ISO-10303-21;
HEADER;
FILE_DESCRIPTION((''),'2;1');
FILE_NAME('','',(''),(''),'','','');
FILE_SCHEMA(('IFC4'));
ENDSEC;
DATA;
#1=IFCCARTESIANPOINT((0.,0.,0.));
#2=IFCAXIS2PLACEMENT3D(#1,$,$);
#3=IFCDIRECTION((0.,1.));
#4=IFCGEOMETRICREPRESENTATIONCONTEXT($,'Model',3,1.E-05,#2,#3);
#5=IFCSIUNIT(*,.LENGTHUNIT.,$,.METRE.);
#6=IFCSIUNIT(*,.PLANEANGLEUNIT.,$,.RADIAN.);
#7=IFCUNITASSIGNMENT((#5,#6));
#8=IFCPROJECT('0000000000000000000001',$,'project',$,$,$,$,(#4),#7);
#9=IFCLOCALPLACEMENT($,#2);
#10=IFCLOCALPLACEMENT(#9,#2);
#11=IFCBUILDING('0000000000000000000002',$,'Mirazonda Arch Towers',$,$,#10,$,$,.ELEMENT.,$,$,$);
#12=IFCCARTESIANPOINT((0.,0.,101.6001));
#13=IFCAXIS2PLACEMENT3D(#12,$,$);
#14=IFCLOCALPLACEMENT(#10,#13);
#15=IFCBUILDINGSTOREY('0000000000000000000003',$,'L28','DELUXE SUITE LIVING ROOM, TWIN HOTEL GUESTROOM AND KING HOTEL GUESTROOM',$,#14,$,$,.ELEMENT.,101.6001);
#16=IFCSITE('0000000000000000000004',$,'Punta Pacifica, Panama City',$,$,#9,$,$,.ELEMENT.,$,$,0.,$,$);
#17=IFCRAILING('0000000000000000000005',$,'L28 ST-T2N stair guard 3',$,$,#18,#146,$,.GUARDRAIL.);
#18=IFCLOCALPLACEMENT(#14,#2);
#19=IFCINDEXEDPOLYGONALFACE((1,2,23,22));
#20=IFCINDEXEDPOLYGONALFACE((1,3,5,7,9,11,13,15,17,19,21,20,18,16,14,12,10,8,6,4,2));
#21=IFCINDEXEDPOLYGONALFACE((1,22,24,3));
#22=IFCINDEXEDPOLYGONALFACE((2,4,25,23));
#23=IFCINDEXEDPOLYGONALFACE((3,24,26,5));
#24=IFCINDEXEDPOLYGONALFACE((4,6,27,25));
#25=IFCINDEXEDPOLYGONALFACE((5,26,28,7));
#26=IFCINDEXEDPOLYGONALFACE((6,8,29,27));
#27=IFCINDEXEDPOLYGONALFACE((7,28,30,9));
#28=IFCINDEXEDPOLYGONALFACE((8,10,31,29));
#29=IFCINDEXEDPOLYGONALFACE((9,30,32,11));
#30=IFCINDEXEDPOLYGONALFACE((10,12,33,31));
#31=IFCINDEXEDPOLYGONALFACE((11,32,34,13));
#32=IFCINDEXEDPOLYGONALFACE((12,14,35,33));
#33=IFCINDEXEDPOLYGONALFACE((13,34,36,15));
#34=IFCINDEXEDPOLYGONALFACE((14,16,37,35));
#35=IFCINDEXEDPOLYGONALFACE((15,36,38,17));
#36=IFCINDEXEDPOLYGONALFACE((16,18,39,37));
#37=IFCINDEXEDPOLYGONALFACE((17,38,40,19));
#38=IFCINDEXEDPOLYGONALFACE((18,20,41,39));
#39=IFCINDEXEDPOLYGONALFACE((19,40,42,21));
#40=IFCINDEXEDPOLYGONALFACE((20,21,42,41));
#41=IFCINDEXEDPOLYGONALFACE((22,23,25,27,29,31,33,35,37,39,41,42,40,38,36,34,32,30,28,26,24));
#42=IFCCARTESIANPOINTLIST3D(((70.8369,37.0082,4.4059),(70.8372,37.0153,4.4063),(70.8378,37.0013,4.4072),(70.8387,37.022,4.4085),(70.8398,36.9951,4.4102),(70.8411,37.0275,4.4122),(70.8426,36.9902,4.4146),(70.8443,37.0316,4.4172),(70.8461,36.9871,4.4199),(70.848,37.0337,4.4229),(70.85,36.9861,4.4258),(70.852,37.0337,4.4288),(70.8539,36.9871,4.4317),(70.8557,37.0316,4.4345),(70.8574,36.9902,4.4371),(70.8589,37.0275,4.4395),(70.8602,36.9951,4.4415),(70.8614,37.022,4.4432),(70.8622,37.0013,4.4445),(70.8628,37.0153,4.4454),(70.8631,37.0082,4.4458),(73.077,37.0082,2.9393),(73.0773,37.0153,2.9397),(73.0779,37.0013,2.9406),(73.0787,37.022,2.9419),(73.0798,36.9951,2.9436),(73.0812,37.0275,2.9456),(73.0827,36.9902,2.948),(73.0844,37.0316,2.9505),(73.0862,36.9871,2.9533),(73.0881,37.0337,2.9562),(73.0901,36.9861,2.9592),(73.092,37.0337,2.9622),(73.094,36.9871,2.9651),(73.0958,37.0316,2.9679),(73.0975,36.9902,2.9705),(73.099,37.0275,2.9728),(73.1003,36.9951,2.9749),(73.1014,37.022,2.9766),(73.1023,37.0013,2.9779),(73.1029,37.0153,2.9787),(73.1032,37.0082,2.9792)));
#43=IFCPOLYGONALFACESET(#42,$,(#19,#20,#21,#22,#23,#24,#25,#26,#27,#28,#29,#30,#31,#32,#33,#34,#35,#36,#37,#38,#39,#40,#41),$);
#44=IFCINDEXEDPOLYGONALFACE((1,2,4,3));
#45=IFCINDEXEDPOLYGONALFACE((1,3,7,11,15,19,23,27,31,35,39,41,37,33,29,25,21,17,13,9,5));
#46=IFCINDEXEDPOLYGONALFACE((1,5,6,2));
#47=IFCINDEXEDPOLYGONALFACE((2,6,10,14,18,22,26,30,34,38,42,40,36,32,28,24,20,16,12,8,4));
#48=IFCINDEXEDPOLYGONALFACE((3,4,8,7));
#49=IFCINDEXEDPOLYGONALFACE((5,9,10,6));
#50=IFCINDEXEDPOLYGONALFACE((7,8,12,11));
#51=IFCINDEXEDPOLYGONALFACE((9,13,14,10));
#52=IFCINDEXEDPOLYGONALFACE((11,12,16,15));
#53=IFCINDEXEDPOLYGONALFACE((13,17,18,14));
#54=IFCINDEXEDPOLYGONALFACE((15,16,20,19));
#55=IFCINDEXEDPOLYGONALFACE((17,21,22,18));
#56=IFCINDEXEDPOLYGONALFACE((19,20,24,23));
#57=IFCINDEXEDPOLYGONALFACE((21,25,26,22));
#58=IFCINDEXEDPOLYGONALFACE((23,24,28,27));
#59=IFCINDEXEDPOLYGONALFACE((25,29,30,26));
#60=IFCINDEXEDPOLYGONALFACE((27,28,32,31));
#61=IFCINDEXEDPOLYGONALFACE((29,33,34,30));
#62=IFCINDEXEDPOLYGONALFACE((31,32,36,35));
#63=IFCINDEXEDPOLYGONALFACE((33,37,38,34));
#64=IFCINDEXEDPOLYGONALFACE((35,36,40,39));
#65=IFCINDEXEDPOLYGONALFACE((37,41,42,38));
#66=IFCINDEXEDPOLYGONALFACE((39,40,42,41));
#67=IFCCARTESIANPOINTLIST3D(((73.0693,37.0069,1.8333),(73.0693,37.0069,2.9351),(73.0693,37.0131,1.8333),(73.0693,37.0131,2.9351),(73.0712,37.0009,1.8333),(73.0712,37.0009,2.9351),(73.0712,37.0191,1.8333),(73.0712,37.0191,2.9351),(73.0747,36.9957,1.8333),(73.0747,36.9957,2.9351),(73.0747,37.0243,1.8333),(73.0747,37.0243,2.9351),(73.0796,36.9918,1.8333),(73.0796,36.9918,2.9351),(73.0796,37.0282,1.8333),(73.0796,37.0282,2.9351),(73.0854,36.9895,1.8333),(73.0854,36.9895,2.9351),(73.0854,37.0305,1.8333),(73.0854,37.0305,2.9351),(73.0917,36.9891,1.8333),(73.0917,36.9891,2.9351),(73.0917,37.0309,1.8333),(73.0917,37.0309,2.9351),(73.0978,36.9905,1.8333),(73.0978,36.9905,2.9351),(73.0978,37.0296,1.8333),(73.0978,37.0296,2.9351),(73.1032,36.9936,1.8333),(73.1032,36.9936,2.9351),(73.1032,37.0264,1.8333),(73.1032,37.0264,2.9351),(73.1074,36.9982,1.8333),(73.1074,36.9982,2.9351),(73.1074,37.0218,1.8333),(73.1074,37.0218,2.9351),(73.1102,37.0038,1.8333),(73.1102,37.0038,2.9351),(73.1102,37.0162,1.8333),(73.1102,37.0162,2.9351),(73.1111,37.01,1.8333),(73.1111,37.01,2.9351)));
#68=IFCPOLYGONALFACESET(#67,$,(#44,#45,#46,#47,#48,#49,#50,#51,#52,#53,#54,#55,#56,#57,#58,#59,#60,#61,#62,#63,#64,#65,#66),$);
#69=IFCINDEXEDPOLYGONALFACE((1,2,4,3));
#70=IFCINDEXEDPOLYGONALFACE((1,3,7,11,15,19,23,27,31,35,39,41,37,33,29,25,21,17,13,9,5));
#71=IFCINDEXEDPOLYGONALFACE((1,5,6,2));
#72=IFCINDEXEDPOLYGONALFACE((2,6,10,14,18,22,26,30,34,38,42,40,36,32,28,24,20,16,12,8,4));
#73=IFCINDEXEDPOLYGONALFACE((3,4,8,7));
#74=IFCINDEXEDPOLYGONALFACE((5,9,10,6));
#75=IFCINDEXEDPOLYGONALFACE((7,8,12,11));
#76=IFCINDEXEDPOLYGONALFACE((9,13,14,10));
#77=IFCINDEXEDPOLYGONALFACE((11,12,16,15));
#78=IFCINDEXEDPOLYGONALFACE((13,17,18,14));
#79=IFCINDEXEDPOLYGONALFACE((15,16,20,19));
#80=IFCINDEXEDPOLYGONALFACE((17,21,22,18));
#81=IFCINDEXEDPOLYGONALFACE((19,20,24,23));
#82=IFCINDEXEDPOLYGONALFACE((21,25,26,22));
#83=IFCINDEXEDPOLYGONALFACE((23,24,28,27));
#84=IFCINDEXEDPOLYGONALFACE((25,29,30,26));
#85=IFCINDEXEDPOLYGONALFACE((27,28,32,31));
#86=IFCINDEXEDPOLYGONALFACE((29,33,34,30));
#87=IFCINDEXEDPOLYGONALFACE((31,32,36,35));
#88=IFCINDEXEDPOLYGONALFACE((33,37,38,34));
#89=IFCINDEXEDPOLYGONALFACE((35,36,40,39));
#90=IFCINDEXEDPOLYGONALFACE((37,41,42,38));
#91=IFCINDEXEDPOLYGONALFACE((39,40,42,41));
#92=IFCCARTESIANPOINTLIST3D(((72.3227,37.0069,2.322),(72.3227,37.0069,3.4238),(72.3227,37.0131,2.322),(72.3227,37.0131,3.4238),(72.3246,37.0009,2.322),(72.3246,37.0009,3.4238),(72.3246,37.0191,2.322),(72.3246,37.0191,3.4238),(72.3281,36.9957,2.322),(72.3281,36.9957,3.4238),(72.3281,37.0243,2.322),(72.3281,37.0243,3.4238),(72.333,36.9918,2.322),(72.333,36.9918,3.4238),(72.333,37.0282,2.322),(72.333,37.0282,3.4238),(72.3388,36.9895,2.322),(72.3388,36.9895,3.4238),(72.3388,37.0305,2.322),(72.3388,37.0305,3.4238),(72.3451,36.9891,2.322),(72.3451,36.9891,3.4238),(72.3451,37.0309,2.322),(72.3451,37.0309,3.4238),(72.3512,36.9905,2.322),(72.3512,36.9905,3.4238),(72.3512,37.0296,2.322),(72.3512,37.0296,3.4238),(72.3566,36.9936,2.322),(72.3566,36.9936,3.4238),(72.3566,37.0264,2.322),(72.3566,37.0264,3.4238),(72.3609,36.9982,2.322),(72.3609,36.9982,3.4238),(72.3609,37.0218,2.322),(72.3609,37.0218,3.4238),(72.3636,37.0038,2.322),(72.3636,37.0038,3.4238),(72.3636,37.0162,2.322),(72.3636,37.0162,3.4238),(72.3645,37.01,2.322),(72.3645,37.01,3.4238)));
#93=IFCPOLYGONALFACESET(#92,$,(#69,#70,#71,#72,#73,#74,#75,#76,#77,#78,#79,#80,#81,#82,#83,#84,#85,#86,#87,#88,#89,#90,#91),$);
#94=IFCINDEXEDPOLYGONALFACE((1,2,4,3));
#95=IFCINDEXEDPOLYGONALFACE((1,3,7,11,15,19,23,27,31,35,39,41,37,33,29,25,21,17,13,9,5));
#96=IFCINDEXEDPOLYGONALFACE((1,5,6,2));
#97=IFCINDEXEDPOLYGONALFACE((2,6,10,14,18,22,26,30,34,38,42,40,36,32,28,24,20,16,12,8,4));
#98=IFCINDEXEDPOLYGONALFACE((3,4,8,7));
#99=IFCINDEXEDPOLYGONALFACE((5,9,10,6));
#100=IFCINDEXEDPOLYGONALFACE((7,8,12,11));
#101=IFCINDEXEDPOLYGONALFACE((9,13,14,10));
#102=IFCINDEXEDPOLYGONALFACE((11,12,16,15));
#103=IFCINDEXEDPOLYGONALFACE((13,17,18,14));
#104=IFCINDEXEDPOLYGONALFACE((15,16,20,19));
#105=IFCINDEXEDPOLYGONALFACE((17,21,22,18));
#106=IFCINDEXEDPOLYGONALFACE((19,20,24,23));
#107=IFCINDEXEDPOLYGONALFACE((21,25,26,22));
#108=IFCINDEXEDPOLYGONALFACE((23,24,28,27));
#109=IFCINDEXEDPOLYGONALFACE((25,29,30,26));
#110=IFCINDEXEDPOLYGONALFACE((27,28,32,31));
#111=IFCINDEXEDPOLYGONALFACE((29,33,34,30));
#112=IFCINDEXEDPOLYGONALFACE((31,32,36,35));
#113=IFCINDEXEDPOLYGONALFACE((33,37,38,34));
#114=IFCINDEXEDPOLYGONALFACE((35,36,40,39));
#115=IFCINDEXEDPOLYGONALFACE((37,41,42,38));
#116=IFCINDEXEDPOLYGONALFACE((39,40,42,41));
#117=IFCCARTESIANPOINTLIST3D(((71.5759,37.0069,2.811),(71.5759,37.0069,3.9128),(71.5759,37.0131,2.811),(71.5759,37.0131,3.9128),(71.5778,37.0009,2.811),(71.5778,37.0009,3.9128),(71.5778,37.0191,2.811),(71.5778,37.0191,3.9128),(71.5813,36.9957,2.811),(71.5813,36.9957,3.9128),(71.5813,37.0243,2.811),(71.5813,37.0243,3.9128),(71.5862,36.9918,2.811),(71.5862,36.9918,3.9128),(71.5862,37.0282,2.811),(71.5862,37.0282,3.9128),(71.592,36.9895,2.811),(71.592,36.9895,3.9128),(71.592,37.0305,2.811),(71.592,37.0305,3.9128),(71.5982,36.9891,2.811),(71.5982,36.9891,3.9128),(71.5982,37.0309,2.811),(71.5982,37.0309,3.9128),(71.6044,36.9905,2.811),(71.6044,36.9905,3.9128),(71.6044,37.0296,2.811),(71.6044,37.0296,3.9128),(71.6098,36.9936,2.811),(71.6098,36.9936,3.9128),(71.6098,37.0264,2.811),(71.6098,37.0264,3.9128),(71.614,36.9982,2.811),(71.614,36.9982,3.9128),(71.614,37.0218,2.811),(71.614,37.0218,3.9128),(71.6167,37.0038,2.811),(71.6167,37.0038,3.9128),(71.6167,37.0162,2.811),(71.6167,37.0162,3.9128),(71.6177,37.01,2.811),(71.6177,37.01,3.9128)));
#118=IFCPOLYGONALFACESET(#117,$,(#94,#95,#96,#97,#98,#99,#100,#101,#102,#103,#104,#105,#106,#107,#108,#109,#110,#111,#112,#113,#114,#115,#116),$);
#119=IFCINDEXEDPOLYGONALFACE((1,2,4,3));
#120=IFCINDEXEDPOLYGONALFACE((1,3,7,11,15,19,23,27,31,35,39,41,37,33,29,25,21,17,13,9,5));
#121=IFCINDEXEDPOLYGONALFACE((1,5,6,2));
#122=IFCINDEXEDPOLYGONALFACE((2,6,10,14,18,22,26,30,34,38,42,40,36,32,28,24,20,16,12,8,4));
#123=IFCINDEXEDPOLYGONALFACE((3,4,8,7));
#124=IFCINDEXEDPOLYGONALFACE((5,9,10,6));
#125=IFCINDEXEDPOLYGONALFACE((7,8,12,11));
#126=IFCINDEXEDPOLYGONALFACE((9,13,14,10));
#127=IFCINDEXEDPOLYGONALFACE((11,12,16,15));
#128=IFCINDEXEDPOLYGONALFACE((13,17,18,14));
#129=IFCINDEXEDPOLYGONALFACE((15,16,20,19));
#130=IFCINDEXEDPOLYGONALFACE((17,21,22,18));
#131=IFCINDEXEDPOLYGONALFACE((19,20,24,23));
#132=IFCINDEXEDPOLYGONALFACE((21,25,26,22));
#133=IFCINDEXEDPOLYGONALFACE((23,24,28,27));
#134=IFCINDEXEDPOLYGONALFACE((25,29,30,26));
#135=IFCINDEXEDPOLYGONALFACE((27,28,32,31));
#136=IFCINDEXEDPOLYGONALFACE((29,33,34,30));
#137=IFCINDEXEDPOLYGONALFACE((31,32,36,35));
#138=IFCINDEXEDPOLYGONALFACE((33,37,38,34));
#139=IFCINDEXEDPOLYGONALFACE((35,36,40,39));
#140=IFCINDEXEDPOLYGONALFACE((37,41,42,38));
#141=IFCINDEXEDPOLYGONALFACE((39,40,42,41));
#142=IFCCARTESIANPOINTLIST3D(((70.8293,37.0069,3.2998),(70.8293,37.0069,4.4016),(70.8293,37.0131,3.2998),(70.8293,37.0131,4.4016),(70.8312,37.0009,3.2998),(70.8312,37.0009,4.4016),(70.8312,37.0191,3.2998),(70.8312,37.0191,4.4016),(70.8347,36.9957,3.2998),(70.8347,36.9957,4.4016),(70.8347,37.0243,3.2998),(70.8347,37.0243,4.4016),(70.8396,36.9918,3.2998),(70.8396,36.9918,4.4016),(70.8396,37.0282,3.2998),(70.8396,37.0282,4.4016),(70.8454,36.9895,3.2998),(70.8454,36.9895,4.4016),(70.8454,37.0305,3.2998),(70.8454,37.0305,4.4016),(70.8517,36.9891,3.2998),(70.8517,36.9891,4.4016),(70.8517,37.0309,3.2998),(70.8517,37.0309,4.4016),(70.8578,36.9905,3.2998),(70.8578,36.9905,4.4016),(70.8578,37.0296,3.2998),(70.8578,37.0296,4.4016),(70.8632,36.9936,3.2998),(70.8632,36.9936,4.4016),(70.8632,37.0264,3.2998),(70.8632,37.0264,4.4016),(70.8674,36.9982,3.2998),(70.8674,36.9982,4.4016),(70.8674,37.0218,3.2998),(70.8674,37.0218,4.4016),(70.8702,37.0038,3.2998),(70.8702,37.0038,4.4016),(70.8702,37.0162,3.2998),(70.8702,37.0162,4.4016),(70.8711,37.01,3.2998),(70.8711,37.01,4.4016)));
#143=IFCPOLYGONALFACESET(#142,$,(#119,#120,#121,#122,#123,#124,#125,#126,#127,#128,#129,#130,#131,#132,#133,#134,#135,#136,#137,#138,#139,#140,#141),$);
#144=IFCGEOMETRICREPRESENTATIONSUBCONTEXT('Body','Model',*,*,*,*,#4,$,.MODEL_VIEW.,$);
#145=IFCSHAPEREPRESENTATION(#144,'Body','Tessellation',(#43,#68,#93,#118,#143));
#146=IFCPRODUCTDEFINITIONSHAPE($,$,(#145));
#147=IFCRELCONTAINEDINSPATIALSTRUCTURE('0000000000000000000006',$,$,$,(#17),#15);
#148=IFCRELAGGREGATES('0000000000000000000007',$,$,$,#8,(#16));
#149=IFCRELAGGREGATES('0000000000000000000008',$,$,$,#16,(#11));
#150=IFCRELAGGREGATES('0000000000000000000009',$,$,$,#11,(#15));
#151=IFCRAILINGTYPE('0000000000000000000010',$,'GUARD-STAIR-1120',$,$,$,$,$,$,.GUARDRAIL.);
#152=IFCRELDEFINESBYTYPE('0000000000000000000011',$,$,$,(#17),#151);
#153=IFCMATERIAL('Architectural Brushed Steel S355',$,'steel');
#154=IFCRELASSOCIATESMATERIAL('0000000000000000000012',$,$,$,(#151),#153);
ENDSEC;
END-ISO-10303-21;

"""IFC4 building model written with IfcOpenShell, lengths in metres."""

from ifc_helpers import new_model, si_unit, direction, frame, origin, origin_2d, place, context, subcontext, project, spatial, circle, extrude, material, type_object, element, save


model = new_model("IFC4")

# Units and contexts
model_context = context("Model", 3, precision=1e-05, world=origin(), true_north=direction((0.0, 1.0)))
body_context = subcontext(model_context, "Body", "Model", "MODEL_VIEW")
ifc_project = project(units=[si_unit("LENGTHUNIT", "METRE"), si_unit("PLANEANGLEUNIT", "RADIAN")], contexts=[model_context])

# Site, building, storey
site_placement = place(None, origin())
site = spatial("IfcSite", under=ifc_project, at=site_placement, Name="Punta Pacifica, Panama City", CompositionType="ELEMENT", RefElevation=0.0)
building_placement = place(site_placement, origin())
building = spatial("IfcBuilding", under=site, at=building_placement, Name="Mirazonda Arch Towers", CompositionType="ELEMENT")
storey_placement = place(building_placement, frame((0.0, 0.0, 101.6001)))
storey = spatial("IfcBuildingStorey", under=building, at=storey_placement, Name="L28", Description="DELUXE SUITE LIVING ROOM, TWIN HOTEL GUESTROOM AND KING HOTEL GUESTROOM", CompositionType="ELEMENT", Elevation=101.6001)

# Shared definitions
ifc_material_1 = material(Name="Architectural Brushed Steel S355", Category="steel")

# Railing
railing_type_1 = type_object("IfcRailingType", Name="GUARD-STAIR-1120", PredefinedType="GUARDRAIL", material=ifc_material_1)
railing_1_placement = place(storey_placement, frame((73.0901, 37.01, 1.8333)))
element("IfcRailing", 1, at=railing_1_placement, inside=storey, type_object=railing_type_1, Name="L28 ST-T2N stair guard 3", PredefinedType="GUARDRAIL", context=body_context, shape_type="SweptSolid", body=[
    extrude(circle(Radius=0.0239, at=origin_2d()), frame((0.0, 0.0, 1.126), z_axis=(-0.836637, 0.0, 0.547758), x_axis=(0.0, -1.0, 0.0)), (0.0, 0.0, 1.0), 2.6775),
    extrude(circle(Radius=0.021, at=origin_2d()), origin(), (0.0, 0.0, 1.0), 1.1018),
    extrude(circle(Radius=0.021, at=origin_2d()), frame((-0.7466, 0.0, 0.4888)), (0.0, 0.0, 1.0), 1.1018),
    extrude(circle(Radius=0.021, at=origin_2d()), frame((-1.4934, 0.0, 0.9778)), (0.0, 0.0, 1.0), 1.1018),
    extrude(circle(Radius=0.021, at=origin_2d()), frame((-2.24, 0.0, 1.4666)), (0.0, 0.0, 1.0), 1.1018),
])

save(model, "model.ifc")
